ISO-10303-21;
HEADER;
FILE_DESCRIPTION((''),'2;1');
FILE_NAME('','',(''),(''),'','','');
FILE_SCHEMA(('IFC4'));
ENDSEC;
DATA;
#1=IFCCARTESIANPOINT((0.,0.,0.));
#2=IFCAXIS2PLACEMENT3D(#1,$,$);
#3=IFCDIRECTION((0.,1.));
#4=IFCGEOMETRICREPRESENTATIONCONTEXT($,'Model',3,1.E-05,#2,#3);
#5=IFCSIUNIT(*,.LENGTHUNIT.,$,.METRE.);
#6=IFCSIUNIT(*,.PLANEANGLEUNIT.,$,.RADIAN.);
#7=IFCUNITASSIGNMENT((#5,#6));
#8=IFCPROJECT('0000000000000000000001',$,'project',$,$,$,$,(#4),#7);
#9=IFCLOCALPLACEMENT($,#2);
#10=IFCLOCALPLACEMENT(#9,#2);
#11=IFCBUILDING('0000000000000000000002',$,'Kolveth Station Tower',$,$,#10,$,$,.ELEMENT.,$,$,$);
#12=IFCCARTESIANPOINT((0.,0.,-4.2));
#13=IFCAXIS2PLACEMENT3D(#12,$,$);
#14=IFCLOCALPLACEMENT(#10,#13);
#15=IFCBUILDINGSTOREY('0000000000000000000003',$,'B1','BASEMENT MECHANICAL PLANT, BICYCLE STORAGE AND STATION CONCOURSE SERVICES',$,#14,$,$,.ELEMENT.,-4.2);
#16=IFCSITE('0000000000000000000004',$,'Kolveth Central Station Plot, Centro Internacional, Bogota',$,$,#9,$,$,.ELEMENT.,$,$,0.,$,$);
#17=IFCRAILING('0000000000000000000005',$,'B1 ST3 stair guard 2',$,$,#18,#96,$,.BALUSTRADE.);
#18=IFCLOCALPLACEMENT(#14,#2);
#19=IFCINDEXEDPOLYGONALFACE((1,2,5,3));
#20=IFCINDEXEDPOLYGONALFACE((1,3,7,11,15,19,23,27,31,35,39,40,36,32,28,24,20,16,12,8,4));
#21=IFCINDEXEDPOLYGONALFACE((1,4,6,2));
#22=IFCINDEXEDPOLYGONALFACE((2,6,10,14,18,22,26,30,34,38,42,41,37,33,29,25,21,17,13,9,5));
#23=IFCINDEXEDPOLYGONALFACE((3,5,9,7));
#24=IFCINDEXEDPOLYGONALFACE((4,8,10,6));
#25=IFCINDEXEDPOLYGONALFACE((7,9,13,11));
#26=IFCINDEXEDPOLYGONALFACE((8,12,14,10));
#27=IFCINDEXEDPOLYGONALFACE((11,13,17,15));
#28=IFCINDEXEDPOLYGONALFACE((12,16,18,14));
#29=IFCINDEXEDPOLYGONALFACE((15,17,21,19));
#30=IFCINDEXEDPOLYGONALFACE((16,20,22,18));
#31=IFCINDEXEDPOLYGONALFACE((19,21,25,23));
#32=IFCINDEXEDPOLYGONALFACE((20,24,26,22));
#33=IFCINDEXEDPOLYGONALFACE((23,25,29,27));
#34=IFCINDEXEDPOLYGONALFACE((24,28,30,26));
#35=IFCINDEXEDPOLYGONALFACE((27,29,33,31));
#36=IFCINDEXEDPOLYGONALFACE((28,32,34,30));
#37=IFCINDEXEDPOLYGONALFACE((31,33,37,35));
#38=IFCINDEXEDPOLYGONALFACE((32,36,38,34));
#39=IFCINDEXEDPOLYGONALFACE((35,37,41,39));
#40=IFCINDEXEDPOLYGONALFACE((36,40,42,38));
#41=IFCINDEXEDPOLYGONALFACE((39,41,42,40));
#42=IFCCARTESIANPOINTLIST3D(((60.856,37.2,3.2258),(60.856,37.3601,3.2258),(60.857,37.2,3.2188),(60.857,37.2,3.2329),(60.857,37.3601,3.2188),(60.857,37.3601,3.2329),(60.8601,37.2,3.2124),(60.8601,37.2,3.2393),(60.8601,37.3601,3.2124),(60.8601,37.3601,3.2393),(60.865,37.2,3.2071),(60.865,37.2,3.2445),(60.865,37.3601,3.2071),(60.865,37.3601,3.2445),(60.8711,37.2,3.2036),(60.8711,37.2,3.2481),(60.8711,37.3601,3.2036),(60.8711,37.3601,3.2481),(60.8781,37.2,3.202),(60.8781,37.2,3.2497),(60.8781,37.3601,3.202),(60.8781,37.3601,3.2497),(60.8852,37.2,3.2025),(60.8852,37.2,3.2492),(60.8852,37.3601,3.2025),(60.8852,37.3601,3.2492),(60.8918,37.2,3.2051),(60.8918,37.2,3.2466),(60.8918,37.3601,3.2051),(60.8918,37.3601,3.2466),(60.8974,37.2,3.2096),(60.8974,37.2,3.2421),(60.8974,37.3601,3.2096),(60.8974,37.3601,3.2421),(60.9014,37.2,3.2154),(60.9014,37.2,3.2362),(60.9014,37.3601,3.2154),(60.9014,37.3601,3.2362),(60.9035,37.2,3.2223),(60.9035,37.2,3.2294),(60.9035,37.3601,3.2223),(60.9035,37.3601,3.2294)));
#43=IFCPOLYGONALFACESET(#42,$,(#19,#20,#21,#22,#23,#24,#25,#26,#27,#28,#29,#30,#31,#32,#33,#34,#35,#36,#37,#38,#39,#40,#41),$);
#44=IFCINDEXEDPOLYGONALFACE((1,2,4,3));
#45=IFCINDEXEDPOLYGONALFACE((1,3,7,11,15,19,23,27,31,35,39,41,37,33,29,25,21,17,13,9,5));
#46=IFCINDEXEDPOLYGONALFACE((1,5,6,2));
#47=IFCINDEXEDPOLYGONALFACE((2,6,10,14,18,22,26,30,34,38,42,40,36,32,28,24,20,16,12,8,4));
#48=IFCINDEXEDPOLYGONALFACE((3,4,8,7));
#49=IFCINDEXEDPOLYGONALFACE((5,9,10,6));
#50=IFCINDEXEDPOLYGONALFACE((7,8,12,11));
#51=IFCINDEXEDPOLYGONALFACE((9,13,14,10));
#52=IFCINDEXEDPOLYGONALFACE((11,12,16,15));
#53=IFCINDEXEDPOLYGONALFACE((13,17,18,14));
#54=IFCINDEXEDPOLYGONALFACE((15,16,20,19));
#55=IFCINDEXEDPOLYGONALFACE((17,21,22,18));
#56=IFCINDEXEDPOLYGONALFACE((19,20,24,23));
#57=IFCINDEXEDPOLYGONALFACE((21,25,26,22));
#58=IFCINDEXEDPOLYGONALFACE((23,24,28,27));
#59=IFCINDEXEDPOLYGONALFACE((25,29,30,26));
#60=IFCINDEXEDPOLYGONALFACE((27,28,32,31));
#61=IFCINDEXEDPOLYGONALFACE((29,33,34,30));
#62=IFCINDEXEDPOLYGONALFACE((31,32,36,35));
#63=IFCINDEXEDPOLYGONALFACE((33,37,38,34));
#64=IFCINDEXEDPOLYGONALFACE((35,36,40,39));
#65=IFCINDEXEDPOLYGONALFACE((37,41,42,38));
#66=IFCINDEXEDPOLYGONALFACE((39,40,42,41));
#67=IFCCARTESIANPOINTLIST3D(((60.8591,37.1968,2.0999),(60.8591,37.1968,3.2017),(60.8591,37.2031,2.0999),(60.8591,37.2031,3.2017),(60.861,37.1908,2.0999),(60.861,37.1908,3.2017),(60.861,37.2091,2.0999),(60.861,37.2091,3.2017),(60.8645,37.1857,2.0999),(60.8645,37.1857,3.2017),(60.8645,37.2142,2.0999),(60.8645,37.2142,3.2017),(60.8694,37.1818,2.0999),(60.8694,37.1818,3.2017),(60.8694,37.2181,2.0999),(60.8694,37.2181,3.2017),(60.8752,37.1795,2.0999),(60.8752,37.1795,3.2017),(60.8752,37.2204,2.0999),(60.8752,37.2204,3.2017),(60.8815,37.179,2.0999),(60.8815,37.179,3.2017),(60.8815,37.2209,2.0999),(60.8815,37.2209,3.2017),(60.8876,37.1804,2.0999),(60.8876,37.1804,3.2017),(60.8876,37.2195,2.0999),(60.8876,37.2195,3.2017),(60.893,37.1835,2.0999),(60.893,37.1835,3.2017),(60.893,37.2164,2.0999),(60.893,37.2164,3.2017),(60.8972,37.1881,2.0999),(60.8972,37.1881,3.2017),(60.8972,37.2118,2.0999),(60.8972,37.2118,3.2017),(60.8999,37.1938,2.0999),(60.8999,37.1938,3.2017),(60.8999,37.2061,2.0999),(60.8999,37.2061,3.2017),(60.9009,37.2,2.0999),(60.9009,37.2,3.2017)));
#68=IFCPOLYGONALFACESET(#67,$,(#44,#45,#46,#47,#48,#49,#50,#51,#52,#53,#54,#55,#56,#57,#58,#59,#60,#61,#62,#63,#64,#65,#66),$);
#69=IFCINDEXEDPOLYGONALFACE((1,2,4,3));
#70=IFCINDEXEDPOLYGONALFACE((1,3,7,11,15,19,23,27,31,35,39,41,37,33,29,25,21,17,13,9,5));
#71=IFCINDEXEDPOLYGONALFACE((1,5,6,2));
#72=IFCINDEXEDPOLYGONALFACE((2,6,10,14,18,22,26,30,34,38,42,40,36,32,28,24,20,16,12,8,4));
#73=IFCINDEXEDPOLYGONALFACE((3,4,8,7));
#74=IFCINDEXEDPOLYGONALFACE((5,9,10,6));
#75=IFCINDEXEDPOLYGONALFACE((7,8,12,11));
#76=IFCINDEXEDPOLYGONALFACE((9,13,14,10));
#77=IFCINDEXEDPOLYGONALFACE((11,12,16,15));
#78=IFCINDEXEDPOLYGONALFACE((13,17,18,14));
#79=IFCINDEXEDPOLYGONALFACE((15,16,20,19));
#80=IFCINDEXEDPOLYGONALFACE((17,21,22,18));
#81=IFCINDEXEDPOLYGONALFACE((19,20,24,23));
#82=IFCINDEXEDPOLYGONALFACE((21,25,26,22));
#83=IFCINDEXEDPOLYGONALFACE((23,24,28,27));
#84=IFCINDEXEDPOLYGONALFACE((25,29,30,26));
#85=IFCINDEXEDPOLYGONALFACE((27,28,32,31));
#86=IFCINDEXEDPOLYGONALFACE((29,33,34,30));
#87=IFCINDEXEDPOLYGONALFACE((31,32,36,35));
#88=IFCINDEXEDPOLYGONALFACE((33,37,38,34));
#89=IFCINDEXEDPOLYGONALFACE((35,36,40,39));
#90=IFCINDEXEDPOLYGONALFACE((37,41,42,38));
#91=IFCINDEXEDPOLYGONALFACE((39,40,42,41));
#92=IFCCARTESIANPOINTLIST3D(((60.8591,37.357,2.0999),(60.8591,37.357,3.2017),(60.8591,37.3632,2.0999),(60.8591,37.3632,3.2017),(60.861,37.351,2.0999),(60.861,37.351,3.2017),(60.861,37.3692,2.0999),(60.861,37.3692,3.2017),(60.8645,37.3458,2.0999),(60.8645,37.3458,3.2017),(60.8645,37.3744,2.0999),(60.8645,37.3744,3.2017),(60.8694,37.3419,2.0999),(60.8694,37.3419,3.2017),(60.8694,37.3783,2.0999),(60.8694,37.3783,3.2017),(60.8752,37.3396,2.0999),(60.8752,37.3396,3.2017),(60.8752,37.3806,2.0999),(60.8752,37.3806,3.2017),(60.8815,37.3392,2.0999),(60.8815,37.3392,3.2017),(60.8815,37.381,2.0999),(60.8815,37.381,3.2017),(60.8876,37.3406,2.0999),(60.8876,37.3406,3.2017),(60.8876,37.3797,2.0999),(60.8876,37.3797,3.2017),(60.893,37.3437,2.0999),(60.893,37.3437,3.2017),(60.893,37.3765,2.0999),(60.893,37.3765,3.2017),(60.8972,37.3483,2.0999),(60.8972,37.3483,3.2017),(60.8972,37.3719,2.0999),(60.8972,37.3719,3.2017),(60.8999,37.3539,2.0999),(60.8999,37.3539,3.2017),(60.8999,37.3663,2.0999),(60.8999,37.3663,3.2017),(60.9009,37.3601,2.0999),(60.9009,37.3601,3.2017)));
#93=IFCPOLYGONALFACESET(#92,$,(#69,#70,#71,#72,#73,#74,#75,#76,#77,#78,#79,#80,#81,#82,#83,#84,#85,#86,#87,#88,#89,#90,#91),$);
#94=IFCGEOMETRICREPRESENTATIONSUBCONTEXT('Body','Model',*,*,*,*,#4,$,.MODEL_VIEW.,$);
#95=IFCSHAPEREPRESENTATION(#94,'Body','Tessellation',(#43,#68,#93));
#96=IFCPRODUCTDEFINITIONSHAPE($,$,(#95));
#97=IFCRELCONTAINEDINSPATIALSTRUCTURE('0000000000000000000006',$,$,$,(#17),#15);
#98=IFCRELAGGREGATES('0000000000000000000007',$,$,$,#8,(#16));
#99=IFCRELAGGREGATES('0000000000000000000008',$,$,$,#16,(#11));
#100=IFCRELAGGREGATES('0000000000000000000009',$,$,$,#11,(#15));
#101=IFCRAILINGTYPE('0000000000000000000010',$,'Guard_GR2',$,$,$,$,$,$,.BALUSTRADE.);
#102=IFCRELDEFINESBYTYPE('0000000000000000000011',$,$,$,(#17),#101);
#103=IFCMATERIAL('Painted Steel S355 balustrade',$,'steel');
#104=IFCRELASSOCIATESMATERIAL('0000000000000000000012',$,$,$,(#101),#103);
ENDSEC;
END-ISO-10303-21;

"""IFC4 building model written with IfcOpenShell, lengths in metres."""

from ifc_helpers import new_model, si_unit, direction, frame, origin, origin_2d, place, context, subcontext, project, spatial, circle, extrude, material, type_object, element, save


model = new_model("IFC4")

# Units and contexts
model_context = context("Model", 3, precision=1e-05, world=origin(), true_north=direction((0.0, 1.0)))
body_context = subcontext(model_context, "Body", "Model", "MODEL_VIEW")
ifc_project = project(units=[si_unit("LENGTHUNIT", "METRE"), si_unit("PLANEANGLEUNIT", "RADIAN")], contexts=[model_context])

# Site, building, storey
site_placement = place(None, origin())
site = spatial("IfcSite", under=ifc_project, at=site_placement, Name="Kolveth Central Station Plot, Centro Internacional, Bogota", CompositionType="ELEMENT", RefElevation=0.0)
building_placement = place(site_placement, origin())
building = spatial("IfcBuilding", under=site, at=building_placement, Name="Kolveth Station Tower", CompositionType="ELEMENT")
storey_placement = place(building_placement, frame((0.0, 0.0, -4.2)))
storey = spatial("IfcBuildingStorey", under=building, at=storey_placement, Name="B1", Description="BASEMENT MECHANICAL PLANT, BICYCLE STORAGE AND STATION CONCOURSE SERVICES", CompositionType="ELEMENT", Elevation=-4.2)

# Railing
ifc_material_1 = material(Name="Painted Steel S355 balustrade", Category="steel")
railing_type_1 = type_object("IfcRailingType", Name="Guard_GR2", PredefinedType="BALUSTRADE", material=ifc_material_1)
railing_1_placement = place(storey_placement, frame((60.8799, 37.2, 2.0999)))
element("IfcRailing", 1, at=railing_1_placement, inside=storey, type_object=railing_type_1, Name="B1 ST3 stair guard 2", PredefinedType="BALUSTRADE", context=body_context, shape_type="SweptSolid", body=[
    extrude(circle(Radius=0.0239, at=origin_2d()), frame((0.0, 0.0, 1.126), z_axis=(0.0, 1.0, 0.0), x_axis=(-1.0, 0.0, 0.0)), (0.0, 0.0, 1.0), 0.1602),
    extrude(circle(Radius=0.021, at=origin_2d()), origin(), (0.0, 0.0, 1.0), 1.1018),
    extrude(circle(Radius=0.021, at=origin_2d()), frame((0.0, 0.1602, 0.0)), (0.0, 0.0, 1.0), 1.1018),
])

save(model, "model.ifc")
